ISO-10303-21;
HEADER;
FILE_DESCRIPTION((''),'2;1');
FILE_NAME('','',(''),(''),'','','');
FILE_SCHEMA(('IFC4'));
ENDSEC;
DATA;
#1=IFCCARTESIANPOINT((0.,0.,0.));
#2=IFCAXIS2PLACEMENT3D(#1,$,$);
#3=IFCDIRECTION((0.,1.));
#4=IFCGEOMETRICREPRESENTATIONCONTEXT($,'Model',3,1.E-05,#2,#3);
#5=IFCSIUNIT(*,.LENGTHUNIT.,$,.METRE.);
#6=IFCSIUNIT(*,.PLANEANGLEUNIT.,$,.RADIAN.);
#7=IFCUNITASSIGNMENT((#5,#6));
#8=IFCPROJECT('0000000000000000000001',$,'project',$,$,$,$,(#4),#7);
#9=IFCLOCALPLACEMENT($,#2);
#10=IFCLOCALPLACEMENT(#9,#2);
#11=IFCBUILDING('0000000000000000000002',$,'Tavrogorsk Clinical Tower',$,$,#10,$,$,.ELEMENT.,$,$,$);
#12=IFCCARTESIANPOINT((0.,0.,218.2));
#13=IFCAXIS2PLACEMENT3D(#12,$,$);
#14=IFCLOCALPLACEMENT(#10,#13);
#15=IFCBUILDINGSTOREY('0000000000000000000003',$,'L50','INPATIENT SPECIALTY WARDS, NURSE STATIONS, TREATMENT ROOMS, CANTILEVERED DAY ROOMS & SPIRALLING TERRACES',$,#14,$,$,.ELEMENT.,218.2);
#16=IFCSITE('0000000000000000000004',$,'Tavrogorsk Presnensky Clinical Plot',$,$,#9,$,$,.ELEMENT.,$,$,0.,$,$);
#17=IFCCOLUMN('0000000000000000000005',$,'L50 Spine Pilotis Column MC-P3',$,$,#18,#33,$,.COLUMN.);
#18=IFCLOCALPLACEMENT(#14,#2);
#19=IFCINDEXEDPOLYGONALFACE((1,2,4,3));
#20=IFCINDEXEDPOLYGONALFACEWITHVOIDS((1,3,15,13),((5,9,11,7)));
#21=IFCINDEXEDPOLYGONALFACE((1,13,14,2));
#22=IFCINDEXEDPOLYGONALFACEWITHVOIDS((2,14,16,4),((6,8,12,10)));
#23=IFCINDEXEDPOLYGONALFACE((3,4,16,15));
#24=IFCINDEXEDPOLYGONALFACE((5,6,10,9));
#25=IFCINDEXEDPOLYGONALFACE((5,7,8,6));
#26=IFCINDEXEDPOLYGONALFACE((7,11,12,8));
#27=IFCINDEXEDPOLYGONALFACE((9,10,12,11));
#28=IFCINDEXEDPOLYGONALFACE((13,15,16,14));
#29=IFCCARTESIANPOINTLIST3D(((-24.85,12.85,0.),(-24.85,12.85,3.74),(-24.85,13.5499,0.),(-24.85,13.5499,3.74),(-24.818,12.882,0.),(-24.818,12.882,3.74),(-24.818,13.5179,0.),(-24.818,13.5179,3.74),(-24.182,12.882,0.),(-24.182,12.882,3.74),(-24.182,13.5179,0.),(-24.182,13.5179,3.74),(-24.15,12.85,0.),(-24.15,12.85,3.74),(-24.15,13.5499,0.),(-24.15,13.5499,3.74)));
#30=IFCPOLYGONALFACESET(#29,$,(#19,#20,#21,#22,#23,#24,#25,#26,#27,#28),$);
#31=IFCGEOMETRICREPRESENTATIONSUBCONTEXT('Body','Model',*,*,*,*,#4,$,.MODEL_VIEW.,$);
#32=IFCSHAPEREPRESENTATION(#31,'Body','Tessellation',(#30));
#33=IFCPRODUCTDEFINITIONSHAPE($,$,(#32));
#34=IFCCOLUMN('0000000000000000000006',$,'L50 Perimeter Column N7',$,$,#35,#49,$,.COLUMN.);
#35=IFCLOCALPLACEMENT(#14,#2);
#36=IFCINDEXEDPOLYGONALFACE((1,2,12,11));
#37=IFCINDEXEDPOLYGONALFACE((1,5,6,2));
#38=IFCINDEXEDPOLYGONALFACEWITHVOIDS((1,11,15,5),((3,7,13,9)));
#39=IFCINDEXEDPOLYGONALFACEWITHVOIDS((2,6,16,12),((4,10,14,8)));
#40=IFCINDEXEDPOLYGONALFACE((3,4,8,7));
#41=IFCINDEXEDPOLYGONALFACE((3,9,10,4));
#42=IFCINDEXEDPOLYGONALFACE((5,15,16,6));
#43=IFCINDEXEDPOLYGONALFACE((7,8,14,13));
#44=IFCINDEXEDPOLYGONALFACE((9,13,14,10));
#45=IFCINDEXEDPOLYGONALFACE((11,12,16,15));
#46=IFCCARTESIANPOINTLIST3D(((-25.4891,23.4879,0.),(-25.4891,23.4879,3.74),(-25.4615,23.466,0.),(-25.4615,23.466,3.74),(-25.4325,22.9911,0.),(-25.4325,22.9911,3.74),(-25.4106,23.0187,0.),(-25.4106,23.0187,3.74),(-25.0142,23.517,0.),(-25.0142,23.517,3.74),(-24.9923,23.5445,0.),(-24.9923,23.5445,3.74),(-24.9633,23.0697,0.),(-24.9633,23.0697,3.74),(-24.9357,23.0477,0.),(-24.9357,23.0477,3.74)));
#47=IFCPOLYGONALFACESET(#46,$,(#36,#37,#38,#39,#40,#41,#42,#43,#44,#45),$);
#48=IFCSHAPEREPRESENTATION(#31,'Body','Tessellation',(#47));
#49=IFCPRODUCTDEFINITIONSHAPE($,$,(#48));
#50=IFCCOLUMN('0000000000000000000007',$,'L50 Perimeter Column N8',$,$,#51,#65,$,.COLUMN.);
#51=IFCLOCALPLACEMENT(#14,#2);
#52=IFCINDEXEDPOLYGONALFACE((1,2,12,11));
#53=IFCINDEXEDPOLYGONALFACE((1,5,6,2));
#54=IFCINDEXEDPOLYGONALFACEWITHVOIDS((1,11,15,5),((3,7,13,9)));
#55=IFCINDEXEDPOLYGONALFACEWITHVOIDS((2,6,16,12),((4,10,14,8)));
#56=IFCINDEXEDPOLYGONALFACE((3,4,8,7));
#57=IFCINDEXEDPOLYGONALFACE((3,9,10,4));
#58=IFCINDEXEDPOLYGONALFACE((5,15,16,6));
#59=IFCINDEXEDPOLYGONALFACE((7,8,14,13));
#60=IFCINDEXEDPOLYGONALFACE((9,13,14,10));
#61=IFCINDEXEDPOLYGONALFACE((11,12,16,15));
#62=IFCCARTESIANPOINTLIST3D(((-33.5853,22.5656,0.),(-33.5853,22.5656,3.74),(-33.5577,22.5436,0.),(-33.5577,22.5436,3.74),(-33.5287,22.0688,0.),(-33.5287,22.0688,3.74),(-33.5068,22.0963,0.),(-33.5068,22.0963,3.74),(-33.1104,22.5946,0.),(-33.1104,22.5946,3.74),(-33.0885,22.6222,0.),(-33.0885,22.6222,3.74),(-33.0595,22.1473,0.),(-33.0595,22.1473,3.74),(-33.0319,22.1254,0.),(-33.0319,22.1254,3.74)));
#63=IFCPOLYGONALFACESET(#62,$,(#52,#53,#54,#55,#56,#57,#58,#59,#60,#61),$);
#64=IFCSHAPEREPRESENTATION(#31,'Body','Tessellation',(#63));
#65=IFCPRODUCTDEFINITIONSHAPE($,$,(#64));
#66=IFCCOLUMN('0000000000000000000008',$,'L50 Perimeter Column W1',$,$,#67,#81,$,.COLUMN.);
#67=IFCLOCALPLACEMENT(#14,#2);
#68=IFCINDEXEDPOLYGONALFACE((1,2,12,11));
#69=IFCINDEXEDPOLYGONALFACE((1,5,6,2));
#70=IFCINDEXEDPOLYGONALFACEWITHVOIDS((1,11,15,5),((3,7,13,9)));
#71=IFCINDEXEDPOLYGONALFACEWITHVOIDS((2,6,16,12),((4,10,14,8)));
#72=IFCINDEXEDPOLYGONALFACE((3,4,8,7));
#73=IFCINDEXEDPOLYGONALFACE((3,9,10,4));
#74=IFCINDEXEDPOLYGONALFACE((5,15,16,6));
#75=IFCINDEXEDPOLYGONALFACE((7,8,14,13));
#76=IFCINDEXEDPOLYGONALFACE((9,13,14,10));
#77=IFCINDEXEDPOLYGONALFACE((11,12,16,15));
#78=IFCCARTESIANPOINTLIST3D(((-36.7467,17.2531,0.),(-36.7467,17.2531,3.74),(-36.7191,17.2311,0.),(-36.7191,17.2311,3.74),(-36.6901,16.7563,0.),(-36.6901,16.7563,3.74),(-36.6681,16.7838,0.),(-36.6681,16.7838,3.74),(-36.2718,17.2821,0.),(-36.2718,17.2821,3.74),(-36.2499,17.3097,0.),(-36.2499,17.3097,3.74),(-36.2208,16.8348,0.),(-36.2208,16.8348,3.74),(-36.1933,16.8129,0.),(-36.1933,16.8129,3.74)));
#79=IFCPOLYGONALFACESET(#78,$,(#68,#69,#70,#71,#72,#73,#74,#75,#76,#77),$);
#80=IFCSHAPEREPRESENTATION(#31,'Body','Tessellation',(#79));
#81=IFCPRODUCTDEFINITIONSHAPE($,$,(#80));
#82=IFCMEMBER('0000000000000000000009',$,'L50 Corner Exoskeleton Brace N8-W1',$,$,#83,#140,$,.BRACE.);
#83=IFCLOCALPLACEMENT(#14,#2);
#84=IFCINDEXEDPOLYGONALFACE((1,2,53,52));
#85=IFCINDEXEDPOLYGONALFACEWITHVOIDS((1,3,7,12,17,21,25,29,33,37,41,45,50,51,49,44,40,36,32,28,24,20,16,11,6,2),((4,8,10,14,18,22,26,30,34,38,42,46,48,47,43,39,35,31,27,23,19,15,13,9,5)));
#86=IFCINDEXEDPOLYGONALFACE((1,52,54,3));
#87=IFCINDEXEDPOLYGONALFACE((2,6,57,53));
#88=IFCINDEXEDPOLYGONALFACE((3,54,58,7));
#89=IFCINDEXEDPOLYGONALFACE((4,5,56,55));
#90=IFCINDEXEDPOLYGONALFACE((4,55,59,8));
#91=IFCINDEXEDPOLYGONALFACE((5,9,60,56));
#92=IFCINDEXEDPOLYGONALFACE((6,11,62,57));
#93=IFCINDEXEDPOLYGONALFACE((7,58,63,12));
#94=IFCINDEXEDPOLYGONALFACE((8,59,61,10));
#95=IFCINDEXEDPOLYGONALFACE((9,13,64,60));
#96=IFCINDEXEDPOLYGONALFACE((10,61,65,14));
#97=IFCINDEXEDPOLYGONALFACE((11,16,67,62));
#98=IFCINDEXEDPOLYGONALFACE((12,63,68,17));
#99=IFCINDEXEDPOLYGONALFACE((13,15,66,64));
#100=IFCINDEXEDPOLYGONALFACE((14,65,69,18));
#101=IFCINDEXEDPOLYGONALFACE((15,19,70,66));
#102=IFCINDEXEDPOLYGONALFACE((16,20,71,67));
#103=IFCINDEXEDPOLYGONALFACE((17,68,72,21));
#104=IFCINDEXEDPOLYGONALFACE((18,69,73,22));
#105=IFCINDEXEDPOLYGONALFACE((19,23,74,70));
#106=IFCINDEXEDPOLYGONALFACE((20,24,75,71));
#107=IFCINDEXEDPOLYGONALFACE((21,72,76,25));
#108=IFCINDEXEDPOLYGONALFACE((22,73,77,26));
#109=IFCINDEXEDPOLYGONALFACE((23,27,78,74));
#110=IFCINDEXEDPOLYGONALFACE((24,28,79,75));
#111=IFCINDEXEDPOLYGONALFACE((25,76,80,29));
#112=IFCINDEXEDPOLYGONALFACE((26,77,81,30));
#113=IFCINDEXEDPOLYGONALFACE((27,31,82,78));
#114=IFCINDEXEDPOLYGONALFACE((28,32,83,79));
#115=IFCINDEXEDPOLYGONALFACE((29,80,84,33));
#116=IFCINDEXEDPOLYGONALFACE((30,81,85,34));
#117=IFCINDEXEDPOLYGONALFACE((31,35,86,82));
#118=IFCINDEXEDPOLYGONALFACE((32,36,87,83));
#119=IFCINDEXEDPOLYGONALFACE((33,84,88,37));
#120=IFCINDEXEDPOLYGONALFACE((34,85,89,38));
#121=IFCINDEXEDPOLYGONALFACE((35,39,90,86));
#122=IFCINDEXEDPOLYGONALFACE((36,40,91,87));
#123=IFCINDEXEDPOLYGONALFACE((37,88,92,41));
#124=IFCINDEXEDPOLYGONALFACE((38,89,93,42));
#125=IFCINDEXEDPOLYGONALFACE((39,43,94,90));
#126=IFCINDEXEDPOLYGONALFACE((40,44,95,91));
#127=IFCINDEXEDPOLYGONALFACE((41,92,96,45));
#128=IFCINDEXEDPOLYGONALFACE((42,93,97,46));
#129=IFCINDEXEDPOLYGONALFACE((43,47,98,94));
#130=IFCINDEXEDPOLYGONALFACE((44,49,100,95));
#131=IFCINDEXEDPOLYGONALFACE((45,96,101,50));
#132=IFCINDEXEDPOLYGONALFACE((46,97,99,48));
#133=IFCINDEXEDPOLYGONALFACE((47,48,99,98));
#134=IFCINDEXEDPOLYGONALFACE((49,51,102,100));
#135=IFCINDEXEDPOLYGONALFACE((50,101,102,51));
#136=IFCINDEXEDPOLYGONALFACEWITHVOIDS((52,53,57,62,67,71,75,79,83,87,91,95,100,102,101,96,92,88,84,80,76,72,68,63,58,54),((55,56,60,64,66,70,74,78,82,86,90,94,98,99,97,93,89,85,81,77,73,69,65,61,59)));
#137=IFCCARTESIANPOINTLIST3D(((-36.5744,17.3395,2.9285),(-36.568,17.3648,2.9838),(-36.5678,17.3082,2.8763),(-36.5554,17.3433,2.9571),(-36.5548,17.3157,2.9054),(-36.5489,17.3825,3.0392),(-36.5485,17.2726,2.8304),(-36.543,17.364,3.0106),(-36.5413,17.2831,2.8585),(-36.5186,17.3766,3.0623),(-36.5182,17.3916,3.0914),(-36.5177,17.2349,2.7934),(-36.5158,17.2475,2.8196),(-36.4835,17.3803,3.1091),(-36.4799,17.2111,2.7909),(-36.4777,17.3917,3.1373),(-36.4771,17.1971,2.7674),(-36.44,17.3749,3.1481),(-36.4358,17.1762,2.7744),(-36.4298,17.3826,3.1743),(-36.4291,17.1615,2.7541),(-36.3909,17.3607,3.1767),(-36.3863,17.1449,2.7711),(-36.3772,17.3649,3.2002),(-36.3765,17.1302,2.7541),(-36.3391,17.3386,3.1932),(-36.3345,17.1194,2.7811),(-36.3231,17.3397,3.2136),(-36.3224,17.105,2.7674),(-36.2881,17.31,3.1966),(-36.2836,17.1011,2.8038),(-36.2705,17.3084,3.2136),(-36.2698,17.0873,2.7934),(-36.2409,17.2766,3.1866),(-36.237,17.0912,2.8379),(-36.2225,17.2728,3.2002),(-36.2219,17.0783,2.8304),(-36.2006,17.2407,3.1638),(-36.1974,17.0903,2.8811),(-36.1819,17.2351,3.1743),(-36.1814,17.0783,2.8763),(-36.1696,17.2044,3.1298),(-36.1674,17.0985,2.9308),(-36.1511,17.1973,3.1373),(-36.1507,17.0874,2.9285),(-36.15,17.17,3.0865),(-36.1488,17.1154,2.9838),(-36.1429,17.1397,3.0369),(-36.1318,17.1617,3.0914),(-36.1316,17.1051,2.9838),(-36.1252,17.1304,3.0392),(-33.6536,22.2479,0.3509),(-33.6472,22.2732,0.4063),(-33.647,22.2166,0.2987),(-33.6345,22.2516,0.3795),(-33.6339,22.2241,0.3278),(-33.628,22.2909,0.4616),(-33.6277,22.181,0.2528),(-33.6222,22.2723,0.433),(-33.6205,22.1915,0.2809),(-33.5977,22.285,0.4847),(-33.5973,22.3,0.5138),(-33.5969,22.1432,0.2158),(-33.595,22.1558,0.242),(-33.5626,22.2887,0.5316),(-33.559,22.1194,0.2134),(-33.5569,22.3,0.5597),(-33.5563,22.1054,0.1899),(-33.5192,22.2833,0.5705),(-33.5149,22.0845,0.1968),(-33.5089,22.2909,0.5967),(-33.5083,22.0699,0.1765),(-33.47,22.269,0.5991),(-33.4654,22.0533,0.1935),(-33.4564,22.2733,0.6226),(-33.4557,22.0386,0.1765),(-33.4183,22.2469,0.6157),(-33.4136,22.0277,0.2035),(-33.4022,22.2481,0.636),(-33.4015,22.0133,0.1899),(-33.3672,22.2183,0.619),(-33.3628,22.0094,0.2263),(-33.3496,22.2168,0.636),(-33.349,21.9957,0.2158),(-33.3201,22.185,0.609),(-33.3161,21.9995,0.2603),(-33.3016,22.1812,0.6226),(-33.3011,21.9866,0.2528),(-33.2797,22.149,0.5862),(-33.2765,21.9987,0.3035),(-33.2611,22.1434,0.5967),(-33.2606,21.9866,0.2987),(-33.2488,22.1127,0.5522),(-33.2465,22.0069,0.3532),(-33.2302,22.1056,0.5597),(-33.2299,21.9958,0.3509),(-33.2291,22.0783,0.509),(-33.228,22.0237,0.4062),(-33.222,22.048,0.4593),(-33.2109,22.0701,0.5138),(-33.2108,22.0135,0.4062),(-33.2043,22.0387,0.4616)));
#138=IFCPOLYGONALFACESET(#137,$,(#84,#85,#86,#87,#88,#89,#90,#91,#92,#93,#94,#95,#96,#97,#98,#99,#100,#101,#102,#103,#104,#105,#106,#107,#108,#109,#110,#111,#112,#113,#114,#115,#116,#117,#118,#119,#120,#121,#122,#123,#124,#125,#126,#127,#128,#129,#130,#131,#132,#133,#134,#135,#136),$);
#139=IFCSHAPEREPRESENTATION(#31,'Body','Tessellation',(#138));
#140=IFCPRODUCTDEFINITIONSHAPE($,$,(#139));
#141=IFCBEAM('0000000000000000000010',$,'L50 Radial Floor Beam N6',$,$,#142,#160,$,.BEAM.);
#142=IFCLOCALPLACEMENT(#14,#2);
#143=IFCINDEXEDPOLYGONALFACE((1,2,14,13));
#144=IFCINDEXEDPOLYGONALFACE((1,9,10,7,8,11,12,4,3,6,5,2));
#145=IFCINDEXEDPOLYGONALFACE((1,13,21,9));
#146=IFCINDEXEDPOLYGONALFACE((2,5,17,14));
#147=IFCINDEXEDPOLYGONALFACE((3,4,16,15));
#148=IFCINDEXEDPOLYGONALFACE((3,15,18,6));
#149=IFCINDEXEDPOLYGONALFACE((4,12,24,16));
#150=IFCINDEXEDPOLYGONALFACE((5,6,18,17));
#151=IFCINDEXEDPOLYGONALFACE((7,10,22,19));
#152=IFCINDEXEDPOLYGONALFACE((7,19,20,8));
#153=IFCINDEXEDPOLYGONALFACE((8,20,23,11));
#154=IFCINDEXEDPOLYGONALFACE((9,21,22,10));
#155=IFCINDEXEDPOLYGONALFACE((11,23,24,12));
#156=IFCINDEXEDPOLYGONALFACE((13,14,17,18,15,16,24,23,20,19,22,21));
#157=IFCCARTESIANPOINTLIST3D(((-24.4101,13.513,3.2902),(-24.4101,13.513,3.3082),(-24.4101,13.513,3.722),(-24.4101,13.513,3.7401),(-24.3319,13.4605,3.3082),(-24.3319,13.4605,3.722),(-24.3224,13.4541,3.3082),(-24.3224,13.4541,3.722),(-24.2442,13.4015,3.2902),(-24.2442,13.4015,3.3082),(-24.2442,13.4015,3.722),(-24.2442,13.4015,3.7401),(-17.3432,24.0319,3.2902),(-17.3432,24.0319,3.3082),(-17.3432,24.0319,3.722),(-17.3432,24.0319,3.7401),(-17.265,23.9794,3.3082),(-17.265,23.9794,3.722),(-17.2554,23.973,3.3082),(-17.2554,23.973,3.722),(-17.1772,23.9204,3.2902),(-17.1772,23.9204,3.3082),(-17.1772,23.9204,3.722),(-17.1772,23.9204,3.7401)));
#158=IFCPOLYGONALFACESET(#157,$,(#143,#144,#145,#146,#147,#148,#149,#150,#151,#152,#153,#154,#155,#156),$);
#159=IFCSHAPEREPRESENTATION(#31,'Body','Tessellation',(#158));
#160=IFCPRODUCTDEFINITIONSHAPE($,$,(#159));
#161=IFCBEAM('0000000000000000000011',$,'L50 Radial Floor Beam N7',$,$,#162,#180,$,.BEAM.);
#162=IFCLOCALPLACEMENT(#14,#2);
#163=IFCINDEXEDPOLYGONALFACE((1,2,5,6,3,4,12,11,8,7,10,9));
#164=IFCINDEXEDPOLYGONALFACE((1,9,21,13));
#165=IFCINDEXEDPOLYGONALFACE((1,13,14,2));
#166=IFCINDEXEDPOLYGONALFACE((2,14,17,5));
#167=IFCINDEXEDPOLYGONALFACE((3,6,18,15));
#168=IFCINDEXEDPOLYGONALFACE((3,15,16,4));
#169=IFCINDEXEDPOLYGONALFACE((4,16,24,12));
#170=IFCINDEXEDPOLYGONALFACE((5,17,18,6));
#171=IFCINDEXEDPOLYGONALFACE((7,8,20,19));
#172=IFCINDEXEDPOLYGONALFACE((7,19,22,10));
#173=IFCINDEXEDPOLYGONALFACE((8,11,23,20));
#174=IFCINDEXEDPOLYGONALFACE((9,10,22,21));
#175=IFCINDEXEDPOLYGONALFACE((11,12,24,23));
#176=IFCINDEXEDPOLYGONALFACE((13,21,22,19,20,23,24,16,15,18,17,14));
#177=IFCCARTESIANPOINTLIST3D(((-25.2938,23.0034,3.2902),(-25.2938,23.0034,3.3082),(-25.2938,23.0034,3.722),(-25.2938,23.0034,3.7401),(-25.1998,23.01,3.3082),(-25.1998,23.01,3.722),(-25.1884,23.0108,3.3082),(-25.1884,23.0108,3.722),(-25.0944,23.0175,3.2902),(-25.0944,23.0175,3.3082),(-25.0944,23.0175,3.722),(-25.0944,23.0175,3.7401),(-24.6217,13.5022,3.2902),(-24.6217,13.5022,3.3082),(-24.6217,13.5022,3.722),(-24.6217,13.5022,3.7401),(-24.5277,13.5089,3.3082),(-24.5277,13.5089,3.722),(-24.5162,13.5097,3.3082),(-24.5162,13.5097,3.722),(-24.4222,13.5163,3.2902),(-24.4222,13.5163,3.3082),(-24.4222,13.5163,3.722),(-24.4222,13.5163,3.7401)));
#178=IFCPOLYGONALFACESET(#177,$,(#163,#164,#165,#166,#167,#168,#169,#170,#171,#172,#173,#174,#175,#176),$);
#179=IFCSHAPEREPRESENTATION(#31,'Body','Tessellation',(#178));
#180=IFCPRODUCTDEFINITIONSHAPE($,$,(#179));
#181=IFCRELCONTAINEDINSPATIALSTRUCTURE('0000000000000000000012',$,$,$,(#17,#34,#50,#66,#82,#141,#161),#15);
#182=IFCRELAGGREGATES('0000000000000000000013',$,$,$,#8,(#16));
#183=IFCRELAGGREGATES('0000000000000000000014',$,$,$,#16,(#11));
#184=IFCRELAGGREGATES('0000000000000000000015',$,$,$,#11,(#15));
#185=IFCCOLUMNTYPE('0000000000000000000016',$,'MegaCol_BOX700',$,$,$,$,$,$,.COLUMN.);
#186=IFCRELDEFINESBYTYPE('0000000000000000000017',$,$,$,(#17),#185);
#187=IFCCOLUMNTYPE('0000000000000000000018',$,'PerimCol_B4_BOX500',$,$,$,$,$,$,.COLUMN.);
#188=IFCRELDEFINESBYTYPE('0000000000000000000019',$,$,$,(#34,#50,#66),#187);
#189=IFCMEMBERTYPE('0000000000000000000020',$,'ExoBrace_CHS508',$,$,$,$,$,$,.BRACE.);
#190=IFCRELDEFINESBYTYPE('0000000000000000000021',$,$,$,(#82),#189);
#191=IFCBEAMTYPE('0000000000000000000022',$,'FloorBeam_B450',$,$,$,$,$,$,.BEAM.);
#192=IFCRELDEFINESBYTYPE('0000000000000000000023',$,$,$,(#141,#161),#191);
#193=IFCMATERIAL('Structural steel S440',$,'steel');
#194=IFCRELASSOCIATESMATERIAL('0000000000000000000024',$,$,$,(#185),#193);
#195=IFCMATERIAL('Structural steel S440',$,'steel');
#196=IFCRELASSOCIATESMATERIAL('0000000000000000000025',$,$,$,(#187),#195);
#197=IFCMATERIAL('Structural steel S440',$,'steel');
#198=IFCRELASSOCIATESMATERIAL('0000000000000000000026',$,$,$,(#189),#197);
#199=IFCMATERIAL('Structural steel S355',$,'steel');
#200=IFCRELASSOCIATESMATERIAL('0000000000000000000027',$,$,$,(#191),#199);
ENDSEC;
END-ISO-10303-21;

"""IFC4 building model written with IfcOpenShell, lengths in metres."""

from ifc_helpers import new_model, si_unit, direction, frame, origin, origin_2d, place, context, subcontext, project, spatial, hollow_rectangle, hollow_circle, i_section, extrude, material, material_profile, profile_set, type_object, element, save


model = new_model("IFC4")

# Units and contexts
model_context = context("Model", 3, precision=1e-05, world=origin(), true_north=direction((0.0, 1.0)))
body_context = subcontext(model_context, "Body", "Model", "MODEL_VIEW")
ifc_project = project(units=[si_unit("LENGTHUNIT", "METRE"), si_unit("PLANEANGLEUNIT", "RADIAN")], contexts=[model_context])

# Site, building, storey
site_placement = place(None, origin())
site = spatial("IfcSite", under=ifc_project, at=site_placement, Name="Tavrogorsk Presnensky Clinical Plot", CompositionType="ELEMENT", RefElevation=0.0)
building_placement = place(site_placement, origin())
building = spatial("IfcBuilding", under=site, at=building_placement, Name="Tavrogorsk Clinical Tower", CompositionType="ELEMENT")
storey_placement = place(building_placement, frame((0.0, 0.0, 218.2)))
storey = spatial("IfcBuildingStorey", under=building, at=storey_placement, Name="L50", Description="INPATIENT SPECIALTY WARDS, NURSE STATIONS, TREATMENT ROOMS, CANTILEVERED DAY ROOMS & SPIRALLING TERRACES", CompositionType="ELEMENT", Elevation=218.2)

# Columns
ifc_material_1 = material(Name="Structural steel S440", Category="steel")
ifc_material_profile_1 = material_profile(ifc_material_1, hollow_rectangle(XDim=0.7, YDim=0.7, WallThickness=0.032, at=origin_2d()), Name="BOX-700x700x32")
ifc_profile_set_1 = profile_set([ifc_material_profile_1], Name="Structural steel S440")
column_type_1 = type_object("IfcColumnType", Name="MegaCol_BOX700", PredefinedType="COLUMN", material=ifc_profile_set_1)
column_placement = place(storey_placement, frame((-24.5, 13.2, 0.0), z_axis=(0.0, 0.0, 1.0), x_axis=(1.0, 0.0, 0.0)))
element("IfcColumn", 1, at=column_placement, inside=storey, type_object=column_type_1, Name="L50 Spine Pilotis Column MC-P3", PredefinedType="COLUMN", context=body_context, shape_type="SweptSolid", body=[
    extrude(hollow_rectangle(XDim=0.7, YDim=0.7, WallThickness=0.032, at=origin_2d()), origin(), (0.0, 0.0, 1.0), 3.74),
])
ifc_material_2 = material(Name="Structural steel S440", Category="steel")
ifc_material_profile_2 = material_profile(ifc_material_2, hollow_rectangle(XDim=0.5, YDim=0.5, WallThickness=0.0249, at=origin_2d()), Name="BOX-500x500x25")
ifc_profile_set_2 = profile_set([ifc_material_profile_2], Name="Structural steel S440")
column_type_2 = type_object("IfcColumnType", Name="PerimCol_B4_BOX500", PredefinedType="COLUMN", material=ifc_profile_set_2)
for number, where, z_axis, x_axis, name in (
    (2, (-25.2124, 23.2678, 0.0), (0.0, 0.0, 1.0), (0.993572, 0.113203, 0.0), "L50 Perimeter Column N7"),
    (3, (-33.3086, 22.3455, 0.0), (0.0, 0.0, 1.0), (0.993572, 0.113203, 0.0), "L50 Perimeter Column N8"),
    (4, (-36.47, 17.033, 0.0), (0.0, 0.0, 1.0), (0.993572, 0.113203, 0.0), "L50 Perimeter Column W1"),
):
    element("IfcColumn", number, at=place(storey_placement, frame(where, z_axis=z_axis, x_axis=x_axis)), inside=storey, type_object=column_type_2, Name=name, PredefinedType="COLUMN", context=body_context, shape_type="SweptSolid", body=[
        extrude(hollow_rectangle(XDim=0.5, YDim=0.5, WallThickness=0.0249, at=origin_2d()), origin(), (0.0, 0.0, 1.0), 3.74),
    ])

# Member
ifc_material_3 = material(Name="Structural steel S440", Category="steel")
ifc_material_profile_3 = material_profile(ifc_material_3, hollow_circle(Radius=0.2539, WallThickness=0.02, at=origin_2d()), Name="CHS-508x20")
ifc_profile_set_3 = profile_set([ifc_material_profile_3], Name="Structural steel S440")
member_type = type_object("IfcMemberType", Name="ExoBrace_CHS508", PredefinedType="BRACE", material=ifc_profile_set_3)
member_placement = place(storey_placement, frame((-33.429, 22.1433, 0.4062), z_axis=(-0.466115, -0.783287, 0.411338), x_axis=(0.859354, -0.511381, 0.0)))
element("IfcMember", 5, at=member_placement, inside=storey, type_object=member_type, Name="L50 Corner Exoskeleton Brace N8-W1", PredefinedType="BRACE", context=body_context, shape_type="SweptSolid", body=[
    extrude(hollow_circle(Radius=0.2539, WallThickness=0.02, at=origin_2d()), origin(), (0.0, 0.0, 1.0), 6.2664),
])

# Beams
ifc_material_4 = material(Name="Structural steel S355", Category="steel")
ifc_material_profile_4 = material_profile(ifc_material_4, i_section(OverallWidth=0.2, OverallDepth=0.45, WebThickness=0.0115, FlangeThickness=0.0181, at=origin_2d()), Name="B-450x200x11.5x18")
ifc_profile_set_4 = profile_set([ifc_material_profile_4], Name="Structural steel S355")
beam_type_1 = type_object("IfcBeamType", Name="FloorBeam_B450", PredefinedType="BEAM", material=ifc_profile_set_4)
beam_1_placement = place(storey_placement, frame((-24.3271, 13.4573, 3.5151), z_axis=(0.557667, 0.830065, 0.0), x_axis=(-0.830065, 0.557667, 0.0)))
element("IfcBeam", 6, at=beam_1_placement, inside=storey, type_object=beam_type_1, Name="L50 Radial Floor Beam N6", PredefinedType="BEAM", context=body_context, shape_type="SweptSolid", body=[
    extrude(i_section(OverallWidth=0.2, OverallDepth=0.45, WebThickness=0.0115, FlangeThickness=0.0181, at=origin_2d()), origin(), (0.0, 0.0, 1.0), 12.6724),
])
beam_2_placement = place(storey_placement, frame((-24.522, 13.5093, 3.5151), z_axis=(-0.070564, 0.997507, 0.0), x_axis=(-0.997507, -0.070564, 0.0)))
element("IfcBeam", 7, at=beam_2_placement, inside=storey, type_object=beam_type_1, Name="L50 Radial Floor Beam N7", PredefinedType="BEAM", context=body_context, shape_type="SweptSolid", body=[
    extrude(i_section(OverallWidth=0.2, OverallDepth=0.45, WebThickness=0.0115, FlangeThickness=0.0181, at=origin_2d()), origin(), (0.0, 0.0, 1.0), 9.5249),
])

save(model, "model.ifc")
